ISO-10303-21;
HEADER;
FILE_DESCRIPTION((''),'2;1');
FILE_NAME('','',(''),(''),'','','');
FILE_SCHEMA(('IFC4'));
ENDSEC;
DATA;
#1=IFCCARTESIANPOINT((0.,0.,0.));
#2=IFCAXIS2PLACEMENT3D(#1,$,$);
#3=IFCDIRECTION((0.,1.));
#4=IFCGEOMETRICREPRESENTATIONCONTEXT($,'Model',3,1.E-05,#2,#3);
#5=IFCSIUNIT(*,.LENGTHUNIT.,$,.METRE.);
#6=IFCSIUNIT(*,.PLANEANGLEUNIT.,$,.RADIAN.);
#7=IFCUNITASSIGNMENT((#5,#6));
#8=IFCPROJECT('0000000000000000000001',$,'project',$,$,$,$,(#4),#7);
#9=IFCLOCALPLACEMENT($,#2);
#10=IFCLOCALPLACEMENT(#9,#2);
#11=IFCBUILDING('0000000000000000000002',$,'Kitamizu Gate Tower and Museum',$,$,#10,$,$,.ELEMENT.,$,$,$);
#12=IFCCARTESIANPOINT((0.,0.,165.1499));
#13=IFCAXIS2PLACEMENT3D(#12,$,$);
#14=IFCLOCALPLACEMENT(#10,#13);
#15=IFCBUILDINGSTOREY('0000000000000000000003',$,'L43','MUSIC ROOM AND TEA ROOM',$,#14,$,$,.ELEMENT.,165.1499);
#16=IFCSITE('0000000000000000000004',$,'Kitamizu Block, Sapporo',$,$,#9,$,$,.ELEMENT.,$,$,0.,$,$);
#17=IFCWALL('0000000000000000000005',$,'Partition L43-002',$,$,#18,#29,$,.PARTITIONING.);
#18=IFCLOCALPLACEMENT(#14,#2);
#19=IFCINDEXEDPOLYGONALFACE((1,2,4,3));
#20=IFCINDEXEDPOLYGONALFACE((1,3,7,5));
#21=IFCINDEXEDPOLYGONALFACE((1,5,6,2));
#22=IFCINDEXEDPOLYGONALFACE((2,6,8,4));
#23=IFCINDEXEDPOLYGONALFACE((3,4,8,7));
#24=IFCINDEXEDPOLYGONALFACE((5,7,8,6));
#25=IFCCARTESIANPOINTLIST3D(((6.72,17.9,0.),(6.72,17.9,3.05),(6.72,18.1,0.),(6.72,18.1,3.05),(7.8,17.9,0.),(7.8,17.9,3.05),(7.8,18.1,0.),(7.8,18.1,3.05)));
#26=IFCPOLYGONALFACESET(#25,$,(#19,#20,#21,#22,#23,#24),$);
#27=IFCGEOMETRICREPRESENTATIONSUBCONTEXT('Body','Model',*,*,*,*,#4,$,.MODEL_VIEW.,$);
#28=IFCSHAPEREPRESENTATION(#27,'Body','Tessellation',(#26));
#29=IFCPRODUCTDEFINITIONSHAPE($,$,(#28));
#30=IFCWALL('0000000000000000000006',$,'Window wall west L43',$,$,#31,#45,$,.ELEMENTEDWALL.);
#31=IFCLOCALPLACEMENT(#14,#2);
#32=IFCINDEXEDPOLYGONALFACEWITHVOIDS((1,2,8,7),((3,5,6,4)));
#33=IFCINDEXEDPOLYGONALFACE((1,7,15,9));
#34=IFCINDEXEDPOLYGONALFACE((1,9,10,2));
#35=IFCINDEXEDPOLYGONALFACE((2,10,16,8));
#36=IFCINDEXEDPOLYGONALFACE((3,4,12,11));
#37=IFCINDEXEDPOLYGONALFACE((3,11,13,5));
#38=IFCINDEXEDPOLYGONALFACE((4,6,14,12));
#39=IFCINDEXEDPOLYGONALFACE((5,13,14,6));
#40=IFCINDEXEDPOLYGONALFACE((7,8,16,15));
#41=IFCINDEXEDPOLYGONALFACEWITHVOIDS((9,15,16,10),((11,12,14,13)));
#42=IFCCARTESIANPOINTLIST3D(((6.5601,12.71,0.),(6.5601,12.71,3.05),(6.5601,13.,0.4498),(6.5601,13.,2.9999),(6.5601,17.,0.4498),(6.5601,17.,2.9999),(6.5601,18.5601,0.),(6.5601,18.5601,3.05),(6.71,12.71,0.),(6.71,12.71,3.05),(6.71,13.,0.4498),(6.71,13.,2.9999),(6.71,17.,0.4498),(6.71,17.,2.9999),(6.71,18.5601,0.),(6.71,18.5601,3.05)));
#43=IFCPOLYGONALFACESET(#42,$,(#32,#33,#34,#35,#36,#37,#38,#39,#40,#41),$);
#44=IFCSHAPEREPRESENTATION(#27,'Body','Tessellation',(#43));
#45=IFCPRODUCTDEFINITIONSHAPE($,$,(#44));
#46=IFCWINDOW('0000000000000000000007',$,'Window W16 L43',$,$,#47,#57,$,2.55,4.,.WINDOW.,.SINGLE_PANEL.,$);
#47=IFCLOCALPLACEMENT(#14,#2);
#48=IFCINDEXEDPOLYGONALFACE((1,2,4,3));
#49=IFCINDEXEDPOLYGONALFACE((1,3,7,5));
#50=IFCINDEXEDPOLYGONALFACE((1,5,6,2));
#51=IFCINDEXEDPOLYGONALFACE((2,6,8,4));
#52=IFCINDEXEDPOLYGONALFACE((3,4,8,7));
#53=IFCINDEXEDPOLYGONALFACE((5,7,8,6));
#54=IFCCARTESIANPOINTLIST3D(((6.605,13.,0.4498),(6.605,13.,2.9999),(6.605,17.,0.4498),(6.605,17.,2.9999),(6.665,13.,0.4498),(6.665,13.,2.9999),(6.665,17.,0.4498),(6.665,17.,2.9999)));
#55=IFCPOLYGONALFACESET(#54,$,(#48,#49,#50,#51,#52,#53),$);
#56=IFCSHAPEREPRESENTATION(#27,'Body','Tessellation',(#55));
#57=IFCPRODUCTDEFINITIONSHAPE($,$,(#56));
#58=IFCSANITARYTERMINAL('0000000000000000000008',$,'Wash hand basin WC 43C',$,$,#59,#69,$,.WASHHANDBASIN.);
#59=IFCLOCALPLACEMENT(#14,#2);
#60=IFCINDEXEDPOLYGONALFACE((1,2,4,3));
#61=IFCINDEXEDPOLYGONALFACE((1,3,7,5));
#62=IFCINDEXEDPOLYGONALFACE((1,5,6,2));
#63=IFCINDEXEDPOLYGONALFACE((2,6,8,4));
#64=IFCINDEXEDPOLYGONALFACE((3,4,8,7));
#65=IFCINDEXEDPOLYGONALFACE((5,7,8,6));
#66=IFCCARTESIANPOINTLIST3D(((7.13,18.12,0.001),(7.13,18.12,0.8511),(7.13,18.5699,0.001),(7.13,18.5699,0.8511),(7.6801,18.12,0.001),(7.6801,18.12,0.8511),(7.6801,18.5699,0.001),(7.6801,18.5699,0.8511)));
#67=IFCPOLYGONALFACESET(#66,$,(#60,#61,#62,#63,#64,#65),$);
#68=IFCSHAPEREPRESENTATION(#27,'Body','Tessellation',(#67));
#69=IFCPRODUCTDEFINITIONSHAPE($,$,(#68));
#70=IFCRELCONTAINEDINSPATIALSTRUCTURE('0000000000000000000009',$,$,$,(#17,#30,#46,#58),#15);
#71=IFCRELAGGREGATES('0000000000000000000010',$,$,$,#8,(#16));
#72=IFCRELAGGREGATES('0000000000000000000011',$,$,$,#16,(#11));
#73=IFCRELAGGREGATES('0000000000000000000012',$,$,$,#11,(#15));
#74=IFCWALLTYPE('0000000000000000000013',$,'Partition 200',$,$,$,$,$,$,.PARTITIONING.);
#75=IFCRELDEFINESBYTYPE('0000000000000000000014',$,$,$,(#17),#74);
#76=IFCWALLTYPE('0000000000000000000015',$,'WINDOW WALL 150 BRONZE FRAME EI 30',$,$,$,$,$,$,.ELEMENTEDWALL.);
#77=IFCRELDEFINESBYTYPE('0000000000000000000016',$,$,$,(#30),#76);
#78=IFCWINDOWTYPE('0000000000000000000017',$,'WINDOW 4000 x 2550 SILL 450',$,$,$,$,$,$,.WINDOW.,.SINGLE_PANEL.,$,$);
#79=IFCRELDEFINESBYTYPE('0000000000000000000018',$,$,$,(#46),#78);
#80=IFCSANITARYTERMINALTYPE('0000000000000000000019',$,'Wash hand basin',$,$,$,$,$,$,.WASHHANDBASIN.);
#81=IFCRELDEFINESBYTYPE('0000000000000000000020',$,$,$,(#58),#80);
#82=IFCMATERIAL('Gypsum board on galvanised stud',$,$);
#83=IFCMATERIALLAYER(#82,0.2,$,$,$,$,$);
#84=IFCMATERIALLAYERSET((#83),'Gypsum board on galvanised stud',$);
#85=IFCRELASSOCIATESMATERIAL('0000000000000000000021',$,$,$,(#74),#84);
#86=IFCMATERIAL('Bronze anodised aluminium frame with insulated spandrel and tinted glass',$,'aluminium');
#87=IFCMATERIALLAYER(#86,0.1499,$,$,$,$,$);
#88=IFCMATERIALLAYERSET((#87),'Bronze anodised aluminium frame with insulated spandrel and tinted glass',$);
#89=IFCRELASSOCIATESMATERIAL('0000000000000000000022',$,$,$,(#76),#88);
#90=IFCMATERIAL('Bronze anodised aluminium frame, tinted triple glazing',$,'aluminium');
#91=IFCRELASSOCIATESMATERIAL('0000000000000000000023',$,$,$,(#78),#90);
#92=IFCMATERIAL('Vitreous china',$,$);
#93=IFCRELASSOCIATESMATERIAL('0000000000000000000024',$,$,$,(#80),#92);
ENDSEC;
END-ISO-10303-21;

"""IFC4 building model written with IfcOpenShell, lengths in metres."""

from ifc_helpers import new_model, si_unit, direction, frame, frame_2d, origin, origin_2d, place, context, subcontext, project, spatial, rectangle, extrude, material, layer, layer_set, type_object, element, fill, save


model = new_model("IFC4")

# Units and contexts
model_context = context("Model", 3, precision=1e-05, world=origin(), true_north=direction((0.0, 1.0)))
body_context = subcontext(model_context, "Body", "Model", "MODEL_VIEW")
ifc_project = project(units=[si_unit("LENGTHUNIT", "METRE"), si_unit("PLANEANGLEUNIT", "RADIAN")], contexts=[model_context])

# Site, building, storey
site_placement = place(None, origin())
site = spatial("IfcSite", under=ifc_project, at=site_placement, Name="Kitamizu Block, Sapporo", CompositionType="ELEMENT", RefElevation=0.0)
building_placement = place(site_placement, origin())
building = spatial("IfcBuilding", under=site, at=building_placement, Name="Kitamizu Gate Tower and Museum", CompositionType="ELEMENT")
storey_placement = place(building_placement, frame((0.0, 0.0, 165.1499)))
storey = spatial("IfcBuildingStorey", under=building, at=storey_placement, Name="L43", Description="MUSIC ROOM AND TEA ROOM", CompositionType="ELEMENT", Elevation=165.1499)

# Wall
ifc_material_1 = material(Name="Gypsum board on galvanised stud")
ifc_layer_1 = layer(ifc_material_1, 0.2)
ifc_layer_set_1 = layer_set([ifc_layer_1], Name="Gypsum board on galvanised stud")
wall_type_1 = type_object("IfcWallType", Name="Partition 200", PredefinedType="PARTITIONING", material=ifc_layer_set_1)
wall_1_placement = place(storey_placement, frame((7.8, 18.0, 0.0), z_axis=(0.0, 0.0, 1.0), x_axis=(-1.0, 0.0, 0.0)))
element("IfcWall", 1, at=wall_1_placement, inside=storey, type_object=wall_type_1, Name="Partition L43-002", PredefinedType="PARTITIONING", context=body_context, shape_type="SweptSolid", body=[
    extrude(rectangle(XDim=1.0801, YDim=0.2, at=frame_2d((0.54, 0.0))), origin(), (0.0, 0.0, 1.0), 3.05),
])

# Shared definitions
ifc_material_2 = material(Name="Bronze anodised aluminium frame with insulated spandrel and tinted glass", Category="aluminium")
ifc_layer_2 = layer(ifc_material_2, 0.1499)
ifc_layer_set_2 = layer_set([ifc_layer_2], Name="Bronze anodised aluminium frame with insulated spandrel and tinted glass")
wall_type_2 = type_object("IfcWallType", Name="WINDOW WALL 150 BRONZE FRAME EI 30", PredefinedType="ELEMENTEDWALL", material=ifc_layer_set_2)
ifc_material_3 = material(Name="Bronze anodised aluminium frame, tinted triple glazing", Category="aluminium")
window_type_1 = type_object("IfcWindowType", Name="WINDOW 4000 x 2550 SILL 450", PartitioningType="SINGLE_PANEL", PredefinedType="WINDOW", material=ifc_material_3)

# Wall, opening, window
wall_2_placement = place(storey_placement, frame((6.635, 12.71, 0.0), z_axis=(0.0, 0.0, 1.0), x_axis=(0.0, 1.0, 0.0)))
wall_2 = element("IfcWall", 2, at=wall_2_placement, inside=storey, type_object=wall_type_2, Name="Window wall west L43", PredefinedType="ELEMENTEDWALL", context=body_context, shape_type="SweptSolid", body=[
    extrude(rectangle(XDim=5.8501, YDim=0.1499, at=frame_2d((2.925, 0.0))), origin(), (0.0, 0.0, 1.0), 3.05),
])
opening_1_placement = place(wall_2_placement, frame((0.29, 0.0, 0.45)))
opening_1 = element("IfcOpeningElement", 3, at=opening_1_placement, cuts=wall_2, PredefinedType="OPENING", context=body_context, shape_type="SweptSolid", body=[
    extrude(rectangle(XDim=4.0, YDim=2.55, at=frame_2d((2.0, 1.2749))), frame((0.0, 0.085, 0.0), z_axis=(0.0, -1.0, 0.0), x_axis=(1.0, 0.0, 0.0)), (0.0, 0.0, 1.0), 0.1699),
])
window_1_placement = place(opening_1_placement, origin())
window_1 = element("IfcWindow", 4, at=window_1_placement, inside=storey, type_object=window_type_1, Name="Window W16 L43", OverallHeight=2.55, OverallWidth=4.0, PartitioningType="SINGLE_PANEL", PredefinedType="WINDOW", context=body_context, shape_type="SweptSolid", body=[
    extrude(rectangle(XDim=4.0, YDim=2.55, at=frame_2d((2.0, 1.2749))), frame((0.0, 0.03, 0.0), z_axis=(0.0, -1.0, 0.0), x_axis=(1.0, 0.0, 0.0)), (0.0, 0.0, 1.0), 0.0601),
])
fill(opening_1, window_1)

# Sanitary terminal
ifc_material_4 = material(Name="Vitreous china")
sanitary_terminal_type = type_object("IfcSanitaryTerminalType", Name="Wash hand basin", PredefinedType="WASHHANDBASIN", material=ifc_material_4)
sanitary_terminal_placement = place(storey_placement, frame((7.405, 18.345, 0.001), z_axis=(0.0, 0.0, 1.0), x_axis=(1.0, 0.0, 0.0)))
element("IfcSanitaryTerminal", 5, at=sanitary_terminal_placement, inside=storey, type_object=sanitary_terminal_type, Name="Wash hand basin WC 43C", PredefinedType="WASHHANDBASIN", context=body_context, shape_type="SweptSolid", body=[
    extrude(rectangle(XDim=0.55, YDim=0.45, at=origin_2d()), origin(), (0.0, 0.0, 1.0), 0.8501),
])

save(model, "model.ifc")
